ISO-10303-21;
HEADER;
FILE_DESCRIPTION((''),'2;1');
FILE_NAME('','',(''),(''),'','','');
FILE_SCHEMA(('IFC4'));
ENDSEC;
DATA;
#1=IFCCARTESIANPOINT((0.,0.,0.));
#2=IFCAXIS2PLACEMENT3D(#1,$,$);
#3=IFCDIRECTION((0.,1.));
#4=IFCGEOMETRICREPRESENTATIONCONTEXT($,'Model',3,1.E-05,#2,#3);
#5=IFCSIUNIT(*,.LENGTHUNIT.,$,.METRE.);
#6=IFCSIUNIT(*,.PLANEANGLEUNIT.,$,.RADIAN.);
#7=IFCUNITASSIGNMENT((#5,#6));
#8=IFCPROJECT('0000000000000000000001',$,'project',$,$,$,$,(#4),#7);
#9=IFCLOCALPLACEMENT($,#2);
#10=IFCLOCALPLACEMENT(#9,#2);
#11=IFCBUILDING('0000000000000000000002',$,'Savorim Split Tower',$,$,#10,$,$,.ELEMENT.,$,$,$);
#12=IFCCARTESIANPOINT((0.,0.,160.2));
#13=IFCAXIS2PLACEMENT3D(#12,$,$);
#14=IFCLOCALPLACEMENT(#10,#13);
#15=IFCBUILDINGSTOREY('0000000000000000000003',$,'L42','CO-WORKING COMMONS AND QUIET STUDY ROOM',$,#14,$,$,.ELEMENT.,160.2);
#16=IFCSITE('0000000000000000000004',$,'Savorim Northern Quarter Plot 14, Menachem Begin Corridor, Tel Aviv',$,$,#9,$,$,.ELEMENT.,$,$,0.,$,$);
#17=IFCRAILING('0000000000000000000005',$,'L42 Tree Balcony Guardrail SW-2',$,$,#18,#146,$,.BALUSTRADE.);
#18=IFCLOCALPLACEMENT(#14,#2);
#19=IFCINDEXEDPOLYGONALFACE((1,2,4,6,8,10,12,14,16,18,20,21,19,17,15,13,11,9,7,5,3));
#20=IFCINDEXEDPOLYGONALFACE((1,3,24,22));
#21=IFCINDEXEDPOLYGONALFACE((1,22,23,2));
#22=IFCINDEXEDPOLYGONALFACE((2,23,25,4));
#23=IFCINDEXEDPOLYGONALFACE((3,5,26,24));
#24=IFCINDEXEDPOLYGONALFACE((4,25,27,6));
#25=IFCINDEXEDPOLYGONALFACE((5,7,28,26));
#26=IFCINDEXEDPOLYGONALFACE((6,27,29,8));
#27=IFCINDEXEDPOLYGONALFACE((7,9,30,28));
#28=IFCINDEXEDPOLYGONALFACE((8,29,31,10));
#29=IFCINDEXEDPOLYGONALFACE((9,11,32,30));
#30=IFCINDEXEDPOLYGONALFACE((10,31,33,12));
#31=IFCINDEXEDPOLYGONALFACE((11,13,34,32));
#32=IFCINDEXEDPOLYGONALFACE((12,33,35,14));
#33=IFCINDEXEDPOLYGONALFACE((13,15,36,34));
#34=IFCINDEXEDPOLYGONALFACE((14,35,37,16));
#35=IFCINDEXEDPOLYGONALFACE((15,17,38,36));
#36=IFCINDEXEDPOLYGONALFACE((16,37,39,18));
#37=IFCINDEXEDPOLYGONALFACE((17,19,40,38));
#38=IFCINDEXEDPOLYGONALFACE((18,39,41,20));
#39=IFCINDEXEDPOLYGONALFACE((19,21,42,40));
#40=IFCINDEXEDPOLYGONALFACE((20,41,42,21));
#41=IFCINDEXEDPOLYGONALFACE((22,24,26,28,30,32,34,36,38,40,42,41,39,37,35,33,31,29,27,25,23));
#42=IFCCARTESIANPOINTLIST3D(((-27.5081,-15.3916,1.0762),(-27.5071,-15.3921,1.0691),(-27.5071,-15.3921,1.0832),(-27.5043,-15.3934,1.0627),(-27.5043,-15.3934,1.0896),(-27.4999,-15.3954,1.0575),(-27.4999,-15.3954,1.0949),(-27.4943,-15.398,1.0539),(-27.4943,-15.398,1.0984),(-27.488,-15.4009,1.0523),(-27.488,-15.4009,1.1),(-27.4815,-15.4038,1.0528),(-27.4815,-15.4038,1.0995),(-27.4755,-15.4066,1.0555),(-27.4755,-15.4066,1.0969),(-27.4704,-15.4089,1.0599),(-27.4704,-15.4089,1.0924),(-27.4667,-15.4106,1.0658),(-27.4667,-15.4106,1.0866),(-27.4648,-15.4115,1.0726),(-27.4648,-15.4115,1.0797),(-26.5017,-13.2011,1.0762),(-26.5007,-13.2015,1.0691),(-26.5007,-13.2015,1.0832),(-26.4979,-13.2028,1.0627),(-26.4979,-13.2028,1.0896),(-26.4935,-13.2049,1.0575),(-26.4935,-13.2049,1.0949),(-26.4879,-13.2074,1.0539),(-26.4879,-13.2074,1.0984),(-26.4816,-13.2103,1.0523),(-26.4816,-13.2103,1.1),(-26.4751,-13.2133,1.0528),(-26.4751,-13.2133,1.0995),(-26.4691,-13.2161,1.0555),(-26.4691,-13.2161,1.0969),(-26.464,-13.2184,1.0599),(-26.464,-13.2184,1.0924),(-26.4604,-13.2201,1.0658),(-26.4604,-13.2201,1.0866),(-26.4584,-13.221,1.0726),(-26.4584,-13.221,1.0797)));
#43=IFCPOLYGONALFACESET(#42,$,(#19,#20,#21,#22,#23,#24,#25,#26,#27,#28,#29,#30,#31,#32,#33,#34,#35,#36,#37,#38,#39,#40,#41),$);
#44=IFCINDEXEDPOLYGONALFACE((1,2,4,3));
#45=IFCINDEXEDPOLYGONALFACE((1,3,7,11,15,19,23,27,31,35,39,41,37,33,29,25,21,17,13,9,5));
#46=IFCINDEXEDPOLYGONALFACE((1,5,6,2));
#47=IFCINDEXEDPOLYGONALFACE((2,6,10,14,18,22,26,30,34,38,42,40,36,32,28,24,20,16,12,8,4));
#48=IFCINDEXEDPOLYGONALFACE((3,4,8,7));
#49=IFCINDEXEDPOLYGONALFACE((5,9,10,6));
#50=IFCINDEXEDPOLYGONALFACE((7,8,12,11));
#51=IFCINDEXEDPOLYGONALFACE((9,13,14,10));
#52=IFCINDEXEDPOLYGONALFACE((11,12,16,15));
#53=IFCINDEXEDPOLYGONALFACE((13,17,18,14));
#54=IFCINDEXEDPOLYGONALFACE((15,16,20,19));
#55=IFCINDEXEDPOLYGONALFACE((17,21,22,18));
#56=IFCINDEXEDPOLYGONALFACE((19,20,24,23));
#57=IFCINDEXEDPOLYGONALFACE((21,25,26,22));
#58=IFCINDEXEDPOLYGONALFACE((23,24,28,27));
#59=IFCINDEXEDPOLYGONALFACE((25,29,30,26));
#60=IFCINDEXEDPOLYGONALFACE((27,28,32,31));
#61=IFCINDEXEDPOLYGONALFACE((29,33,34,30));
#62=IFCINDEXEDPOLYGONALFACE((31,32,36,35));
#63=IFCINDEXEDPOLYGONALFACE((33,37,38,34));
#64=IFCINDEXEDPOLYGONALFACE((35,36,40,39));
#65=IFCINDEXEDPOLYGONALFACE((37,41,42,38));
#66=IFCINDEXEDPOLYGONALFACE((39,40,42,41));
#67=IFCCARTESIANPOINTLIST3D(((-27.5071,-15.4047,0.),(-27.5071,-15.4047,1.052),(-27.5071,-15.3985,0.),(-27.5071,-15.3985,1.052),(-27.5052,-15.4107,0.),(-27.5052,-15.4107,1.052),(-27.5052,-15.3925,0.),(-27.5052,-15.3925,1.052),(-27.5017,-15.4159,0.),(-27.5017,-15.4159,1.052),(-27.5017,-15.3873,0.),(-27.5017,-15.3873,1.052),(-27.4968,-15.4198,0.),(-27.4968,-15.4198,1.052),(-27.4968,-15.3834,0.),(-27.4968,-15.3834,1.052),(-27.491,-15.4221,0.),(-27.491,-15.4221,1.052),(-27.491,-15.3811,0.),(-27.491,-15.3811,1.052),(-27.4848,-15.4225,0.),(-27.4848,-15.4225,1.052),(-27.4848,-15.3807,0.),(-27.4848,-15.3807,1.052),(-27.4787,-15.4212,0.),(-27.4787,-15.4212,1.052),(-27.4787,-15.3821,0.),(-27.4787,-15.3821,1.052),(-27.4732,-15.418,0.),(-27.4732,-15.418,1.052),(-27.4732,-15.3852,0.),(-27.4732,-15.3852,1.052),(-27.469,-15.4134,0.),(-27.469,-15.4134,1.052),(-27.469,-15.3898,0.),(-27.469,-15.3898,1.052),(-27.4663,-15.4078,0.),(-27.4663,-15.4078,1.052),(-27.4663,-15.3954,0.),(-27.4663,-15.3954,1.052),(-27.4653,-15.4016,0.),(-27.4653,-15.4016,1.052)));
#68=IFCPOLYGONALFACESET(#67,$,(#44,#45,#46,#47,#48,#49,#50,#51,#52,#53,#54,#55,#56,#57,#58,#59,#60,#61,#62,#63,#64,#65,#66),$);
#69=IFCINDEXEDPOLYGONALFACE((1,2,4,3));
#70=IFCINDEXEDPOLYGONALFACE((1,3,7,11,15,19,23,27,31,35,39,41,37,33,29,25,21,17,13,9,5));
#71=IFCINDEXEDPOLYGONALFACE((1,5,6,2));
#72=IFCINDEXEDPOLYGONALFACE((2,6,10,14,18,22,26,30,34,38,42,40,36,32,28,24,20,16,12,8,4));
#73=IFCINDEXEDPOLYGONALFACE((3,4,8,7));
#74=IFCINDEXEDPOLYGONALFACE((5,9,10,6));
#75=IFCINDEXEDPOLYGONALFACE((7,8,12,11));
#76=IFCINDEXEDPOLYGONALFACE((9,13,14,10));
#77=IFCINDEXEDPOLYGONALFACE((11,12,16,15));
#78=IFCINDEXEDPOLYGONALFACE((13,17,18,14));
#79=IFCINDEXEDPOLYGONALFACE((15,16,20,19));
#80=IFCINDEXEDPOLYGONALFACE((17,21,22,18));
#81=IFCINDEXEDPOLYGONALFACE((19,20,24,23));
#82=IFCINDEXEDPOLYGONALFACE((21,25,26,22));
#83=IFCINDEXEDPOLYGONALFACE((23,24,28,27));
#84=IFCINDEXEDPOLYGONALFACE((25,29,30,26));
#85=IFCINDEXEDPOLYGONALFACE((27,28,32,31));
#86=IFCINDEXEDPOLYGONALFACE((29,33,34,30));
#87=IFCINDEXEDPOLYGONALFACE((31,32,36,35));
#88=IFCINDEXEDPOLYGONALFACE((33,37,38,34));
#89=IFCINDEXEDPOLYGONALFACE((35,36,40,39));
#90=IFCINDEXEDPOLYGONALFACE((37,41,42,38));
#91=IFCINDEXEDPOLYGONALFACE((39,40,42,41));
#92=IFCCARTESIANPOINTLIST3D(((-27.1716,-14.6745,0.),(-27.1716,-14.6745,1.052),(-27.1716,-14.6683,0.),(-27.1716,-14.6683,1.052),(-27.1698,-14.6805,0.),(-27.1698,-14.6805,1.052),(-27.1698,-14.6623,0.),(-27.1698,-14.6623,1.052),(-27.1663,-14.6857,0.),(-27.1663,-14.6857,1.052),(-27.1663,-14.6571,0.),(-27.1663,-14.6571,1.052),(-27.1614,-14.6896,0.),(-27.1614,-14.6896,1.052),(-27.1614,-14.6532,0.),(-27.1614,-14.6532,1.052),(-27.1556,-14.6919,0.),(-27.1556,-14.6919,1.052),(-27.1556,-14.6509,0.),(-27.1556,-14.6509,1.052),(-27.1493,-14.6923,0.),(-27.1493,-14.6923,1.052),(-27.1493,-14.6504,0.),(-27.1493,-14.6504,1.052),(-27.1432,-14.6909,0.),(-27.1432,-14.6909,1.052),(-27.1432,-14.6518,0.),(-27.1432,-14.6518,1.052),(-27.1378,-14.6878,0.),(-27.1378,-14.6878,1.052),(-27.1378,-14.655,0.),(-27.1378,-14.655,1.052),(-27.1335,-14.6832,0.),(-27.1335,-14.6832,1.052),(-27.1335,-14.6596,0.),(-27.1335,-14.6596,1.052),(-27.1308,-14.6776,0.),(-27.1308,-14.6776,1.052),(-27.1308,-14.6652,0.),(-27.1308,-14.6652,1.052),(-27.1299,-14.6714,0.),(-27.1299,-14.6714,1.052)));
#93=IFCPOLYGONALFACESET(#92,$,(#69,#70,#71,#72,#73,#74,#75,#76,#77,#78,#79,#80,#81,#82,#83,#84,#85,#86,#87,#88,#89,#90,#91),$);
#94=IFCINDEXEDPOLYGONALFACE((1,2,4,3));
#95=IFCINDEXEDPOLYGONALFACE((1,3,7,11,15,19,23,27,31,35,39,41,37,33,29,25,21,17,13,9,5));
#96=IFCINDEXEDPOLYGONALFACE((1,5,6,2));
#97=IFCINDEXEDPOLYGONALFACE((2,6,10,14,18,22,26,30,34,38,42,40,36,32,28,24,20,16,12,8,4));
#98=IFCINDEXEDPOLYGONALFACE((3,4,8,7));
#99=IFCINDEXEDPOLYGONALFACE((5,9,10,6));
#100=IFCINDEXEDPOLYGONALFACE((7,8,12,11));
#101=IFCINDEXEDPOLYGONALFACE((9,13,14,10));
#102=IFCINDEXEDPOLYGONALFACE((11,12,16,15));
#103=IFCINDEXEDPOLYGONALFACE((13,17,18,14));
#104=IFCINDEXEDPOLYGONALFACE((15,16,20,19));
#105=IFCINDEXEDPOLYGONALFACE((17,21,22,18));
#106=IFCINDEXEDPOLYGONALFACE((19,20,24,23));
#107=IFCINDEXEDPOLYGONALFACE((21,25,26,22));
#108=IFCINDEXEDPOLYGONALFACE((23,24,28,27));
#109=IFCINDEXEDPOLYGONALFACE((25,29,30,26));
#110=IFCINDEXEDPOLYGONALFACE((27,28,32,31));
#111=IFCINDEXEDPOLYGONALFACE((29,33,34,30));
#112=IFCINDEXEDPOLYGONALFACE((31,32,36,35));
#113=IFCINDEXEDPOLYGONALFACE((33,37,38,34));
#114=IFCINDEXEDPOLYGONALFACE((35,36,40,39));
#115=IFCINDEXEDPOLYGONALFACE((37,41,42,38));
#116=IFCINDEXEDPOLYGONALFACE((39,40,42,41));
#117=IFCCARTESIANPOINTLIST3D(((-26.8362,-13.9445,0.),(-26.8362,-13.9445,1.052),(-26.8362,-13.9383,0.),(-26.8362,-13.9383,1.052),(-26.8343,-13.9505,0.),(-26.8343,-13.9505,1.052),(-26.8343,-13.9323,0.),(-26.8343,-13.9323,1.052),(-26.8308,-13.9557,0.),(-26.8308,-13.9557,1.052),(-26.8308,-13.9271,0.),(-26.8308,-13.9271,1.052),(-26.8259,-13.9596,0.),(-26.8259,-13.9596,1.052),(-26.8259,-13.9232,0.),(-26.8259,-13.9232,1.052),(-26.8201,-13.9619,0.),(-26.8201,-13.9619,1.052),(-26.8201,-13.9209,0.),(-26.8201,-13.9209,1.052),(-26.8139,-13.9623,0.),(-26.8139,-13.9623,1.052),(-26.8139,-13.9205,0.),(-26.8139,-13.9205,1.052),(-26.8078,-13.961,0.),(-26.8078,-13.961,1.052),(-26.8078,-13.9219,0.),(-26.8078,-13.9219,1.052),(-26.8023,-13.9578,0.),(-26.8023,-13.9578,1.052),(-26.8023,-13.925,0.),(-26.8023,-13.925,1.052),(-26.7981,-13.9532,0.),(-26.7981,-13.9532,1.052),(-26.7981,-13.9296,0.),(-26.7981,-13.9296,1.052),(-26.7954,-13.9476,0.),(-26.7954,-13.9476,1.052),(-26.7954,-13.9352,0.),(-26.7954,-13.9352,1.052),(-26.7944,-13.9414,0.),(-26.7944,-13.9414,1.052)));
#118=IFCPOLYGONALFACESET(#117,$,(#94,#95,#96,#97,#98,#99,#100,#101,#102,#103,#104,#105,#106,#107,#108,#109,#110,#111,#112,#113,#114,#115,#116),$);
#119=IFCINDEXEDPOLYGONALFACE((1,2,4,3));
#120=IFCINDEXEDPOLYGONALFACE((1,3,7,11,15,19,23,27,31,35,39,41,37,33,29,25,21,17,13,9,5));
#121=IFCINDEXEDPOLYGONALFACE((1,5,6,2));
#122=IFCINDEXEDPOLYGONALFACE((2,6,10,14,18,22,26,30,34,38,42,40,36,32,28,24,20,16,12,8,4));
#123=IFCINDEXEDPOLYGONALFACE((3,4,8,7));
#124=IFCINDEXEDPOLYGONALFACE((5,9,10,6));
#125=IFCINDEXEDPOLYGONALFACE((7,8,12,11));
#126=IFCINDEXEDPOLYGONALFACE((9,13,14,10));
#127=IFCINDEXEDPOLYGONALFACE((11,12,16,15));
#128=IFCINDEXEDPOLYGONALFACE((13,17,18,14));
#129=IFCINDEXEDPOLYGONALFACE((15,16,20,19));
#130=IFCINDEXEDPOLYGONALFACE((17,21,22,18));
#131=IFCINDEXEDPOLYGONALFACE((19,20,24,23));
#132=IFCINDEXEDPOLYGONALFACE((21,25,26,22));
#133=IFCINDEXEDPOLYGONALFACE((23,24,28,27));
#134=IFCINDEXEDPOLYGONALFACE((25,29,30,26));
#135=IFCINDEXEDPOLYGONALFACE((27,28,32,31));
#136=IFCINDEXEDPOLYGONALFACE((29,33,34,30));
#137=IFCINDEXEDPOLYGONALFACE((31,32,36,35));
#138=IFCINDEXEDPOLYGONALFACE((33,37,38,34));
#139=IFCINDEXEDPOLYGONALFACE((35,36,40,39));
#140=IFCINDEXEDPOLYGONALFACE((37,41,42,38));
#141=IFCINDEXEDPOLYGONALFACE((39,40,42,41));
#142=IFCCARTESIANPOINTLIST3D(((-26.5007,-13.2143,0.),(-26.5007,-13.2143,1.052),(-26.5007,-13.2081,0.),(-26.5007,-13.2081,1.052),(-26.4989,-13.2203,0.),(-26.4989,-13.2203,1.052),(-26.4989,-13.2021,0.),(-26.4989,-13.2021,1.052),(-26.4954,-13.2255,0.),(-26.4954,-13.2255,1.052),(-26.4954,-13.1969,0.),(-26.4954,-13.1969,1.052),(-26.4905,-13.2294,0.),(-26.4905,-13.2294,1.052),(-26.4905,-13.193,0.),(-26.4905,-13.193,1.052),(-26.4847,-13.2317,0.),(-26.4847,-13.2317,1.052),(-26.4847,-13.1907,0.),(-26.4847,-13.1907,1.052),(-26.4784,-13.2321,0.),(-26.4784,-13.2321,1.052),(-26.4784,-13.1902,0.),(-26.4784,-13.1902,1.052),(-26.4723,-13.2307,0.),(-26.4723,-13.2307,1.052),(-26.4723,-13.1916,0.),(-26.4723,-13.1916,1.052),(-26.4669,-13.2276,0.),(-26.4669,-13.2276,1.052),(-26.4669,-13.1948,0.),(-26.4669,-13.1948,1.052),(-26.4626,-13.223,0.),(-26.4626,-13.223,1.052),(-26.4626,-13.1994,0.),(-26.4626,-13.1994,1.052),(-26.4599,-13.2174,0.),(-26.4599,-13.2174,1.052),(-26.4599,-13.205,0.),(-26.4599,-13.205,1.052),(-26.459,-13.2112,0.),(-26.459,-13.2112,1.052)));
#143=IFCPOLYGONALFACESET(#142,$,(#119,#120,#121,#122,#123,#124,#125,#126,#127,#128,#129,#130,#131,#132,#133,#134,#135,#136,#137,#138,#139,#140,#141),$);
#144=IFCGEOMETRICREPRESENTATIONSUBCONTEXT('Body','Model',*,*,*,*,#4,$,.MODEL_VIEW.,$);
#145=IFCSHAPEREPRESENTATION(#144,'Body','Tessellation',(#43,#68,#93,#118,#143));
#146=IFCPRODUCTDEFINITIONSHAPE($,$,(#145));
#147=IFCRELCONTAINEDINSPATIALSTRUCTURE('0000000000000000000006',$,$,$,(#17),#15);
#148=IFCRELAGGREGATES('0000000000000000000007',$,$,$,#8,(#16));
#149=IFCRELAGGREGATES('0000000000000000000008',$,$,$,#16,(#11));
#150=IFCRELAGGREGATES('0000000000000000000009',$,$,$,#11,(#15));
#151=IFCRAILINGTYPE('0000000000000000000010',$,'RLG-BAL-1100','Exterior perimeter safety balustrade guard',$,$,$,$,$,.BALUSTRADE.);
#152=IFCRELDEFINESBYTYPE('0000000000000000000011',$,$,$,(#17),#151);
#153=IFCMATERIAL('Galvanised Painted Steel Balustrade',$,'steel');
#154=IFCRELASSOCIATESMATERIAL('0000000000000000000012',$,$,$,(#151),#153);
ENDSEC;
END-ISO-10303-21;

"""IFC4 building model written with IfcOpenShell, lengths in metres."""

from ifc_helpers import new_model, si_unit, direction, frame, origin, origin_2d, place, context, subcontext, project, spatial, circle, extrude, material, type_object, element, save


model = new_model("IFC4")

# Units and contexts
model_context = context("Model", 3, precision=1e-05, world=origin(), true_north=direction((0.0, 1.0)))
body_context = subcontext(model_context, "Body", "Model", "MODEL_VIEW")
ifc_project = project(units=[si_unit("LENGTHUNIT", "METRE"), si_unit("PLANEANGLEUNIT", "RADIAN")], contexts=[model_context])

# Site, building, storey
site_placement = place(None, origin())
site = spatial("IfcSite", under=ifc_project, at=site_placement, Name="Savorim Northern Quarter Plot 14, Menachem Begin Corridor, Tel Aviv", CompositionType="ELEMENT", RefElevation=0.0)
building_placement = place(site_placement, origin())
building = spatial("IfcBuilding", under=site, at=building_placement, Name="Savorim Split Tower", CompositionType="ELEMENT")
storey_placement = place(building_placement, frame((0.0, 0.0, 160.2)))
storey = spatial("IfcBuildingStorey", under=building, at=storey_placement, Name="L42", Description="CO-WORKING COMMONS AND QUIET STUDY ROOM", CompositionType="ELEMENT", Elevation=160.2)

# Railing
ifc_material_1 = material(Name="Galvanised Painted Steel Balustrade", Category="steel")
railing_type = type_object("IfcRailingType", Name="RLG-BAL-1100", Description="Exterior perimeter safety balustrade guard", PredefinedType="BALUSTRADE", material=ifc_material_1)
railing_1_placement = place(storey_placement, frame((-27.4863, -15.4016, 0.0)))
element("IfcRailing", 1, at=railing_1_placement, inside=storey, type_object=railing_type, Name="L42 Tree Balcony Guardrail SW-2", PredefinedType="BALUSTRADE", context=body_context, shape_type="SweptSolid", body=[
    extrude(circle(Radius=0.0239, at=origin_2d()), frame((0.0, 0.0, 1.0762), z_axis=(0.417478, 0.908687, 0.0), x_axis=(-0.908687, 0.417478, 0.0)), (0.0, 0.0, 1.0), 2.4106),
    extrude(circle(Radius=0.021, at=origin_2d()), origin(), (0.0, 0.0, 1.0), 1.052),
    extrude(circle(Radius=0.021, at=origin_2d()), frame((0.3354, 0.7302, 0.0)), (0.0, 0.0, 1.0), 1.052),
    extrude(circle(Radius=0.021, at=origin_2d()), frame((0.6709, 1.4602, 0.0)), (0.0, 0.0, 1.0), 1.052),
    extrude(circle(Radius=0.021, at=origin_2d()), frame((1.0063, 2.1904, 0.0)), (0.0, 0.0, 1.0), 1.052),
])

save(model, "model.ifc")
